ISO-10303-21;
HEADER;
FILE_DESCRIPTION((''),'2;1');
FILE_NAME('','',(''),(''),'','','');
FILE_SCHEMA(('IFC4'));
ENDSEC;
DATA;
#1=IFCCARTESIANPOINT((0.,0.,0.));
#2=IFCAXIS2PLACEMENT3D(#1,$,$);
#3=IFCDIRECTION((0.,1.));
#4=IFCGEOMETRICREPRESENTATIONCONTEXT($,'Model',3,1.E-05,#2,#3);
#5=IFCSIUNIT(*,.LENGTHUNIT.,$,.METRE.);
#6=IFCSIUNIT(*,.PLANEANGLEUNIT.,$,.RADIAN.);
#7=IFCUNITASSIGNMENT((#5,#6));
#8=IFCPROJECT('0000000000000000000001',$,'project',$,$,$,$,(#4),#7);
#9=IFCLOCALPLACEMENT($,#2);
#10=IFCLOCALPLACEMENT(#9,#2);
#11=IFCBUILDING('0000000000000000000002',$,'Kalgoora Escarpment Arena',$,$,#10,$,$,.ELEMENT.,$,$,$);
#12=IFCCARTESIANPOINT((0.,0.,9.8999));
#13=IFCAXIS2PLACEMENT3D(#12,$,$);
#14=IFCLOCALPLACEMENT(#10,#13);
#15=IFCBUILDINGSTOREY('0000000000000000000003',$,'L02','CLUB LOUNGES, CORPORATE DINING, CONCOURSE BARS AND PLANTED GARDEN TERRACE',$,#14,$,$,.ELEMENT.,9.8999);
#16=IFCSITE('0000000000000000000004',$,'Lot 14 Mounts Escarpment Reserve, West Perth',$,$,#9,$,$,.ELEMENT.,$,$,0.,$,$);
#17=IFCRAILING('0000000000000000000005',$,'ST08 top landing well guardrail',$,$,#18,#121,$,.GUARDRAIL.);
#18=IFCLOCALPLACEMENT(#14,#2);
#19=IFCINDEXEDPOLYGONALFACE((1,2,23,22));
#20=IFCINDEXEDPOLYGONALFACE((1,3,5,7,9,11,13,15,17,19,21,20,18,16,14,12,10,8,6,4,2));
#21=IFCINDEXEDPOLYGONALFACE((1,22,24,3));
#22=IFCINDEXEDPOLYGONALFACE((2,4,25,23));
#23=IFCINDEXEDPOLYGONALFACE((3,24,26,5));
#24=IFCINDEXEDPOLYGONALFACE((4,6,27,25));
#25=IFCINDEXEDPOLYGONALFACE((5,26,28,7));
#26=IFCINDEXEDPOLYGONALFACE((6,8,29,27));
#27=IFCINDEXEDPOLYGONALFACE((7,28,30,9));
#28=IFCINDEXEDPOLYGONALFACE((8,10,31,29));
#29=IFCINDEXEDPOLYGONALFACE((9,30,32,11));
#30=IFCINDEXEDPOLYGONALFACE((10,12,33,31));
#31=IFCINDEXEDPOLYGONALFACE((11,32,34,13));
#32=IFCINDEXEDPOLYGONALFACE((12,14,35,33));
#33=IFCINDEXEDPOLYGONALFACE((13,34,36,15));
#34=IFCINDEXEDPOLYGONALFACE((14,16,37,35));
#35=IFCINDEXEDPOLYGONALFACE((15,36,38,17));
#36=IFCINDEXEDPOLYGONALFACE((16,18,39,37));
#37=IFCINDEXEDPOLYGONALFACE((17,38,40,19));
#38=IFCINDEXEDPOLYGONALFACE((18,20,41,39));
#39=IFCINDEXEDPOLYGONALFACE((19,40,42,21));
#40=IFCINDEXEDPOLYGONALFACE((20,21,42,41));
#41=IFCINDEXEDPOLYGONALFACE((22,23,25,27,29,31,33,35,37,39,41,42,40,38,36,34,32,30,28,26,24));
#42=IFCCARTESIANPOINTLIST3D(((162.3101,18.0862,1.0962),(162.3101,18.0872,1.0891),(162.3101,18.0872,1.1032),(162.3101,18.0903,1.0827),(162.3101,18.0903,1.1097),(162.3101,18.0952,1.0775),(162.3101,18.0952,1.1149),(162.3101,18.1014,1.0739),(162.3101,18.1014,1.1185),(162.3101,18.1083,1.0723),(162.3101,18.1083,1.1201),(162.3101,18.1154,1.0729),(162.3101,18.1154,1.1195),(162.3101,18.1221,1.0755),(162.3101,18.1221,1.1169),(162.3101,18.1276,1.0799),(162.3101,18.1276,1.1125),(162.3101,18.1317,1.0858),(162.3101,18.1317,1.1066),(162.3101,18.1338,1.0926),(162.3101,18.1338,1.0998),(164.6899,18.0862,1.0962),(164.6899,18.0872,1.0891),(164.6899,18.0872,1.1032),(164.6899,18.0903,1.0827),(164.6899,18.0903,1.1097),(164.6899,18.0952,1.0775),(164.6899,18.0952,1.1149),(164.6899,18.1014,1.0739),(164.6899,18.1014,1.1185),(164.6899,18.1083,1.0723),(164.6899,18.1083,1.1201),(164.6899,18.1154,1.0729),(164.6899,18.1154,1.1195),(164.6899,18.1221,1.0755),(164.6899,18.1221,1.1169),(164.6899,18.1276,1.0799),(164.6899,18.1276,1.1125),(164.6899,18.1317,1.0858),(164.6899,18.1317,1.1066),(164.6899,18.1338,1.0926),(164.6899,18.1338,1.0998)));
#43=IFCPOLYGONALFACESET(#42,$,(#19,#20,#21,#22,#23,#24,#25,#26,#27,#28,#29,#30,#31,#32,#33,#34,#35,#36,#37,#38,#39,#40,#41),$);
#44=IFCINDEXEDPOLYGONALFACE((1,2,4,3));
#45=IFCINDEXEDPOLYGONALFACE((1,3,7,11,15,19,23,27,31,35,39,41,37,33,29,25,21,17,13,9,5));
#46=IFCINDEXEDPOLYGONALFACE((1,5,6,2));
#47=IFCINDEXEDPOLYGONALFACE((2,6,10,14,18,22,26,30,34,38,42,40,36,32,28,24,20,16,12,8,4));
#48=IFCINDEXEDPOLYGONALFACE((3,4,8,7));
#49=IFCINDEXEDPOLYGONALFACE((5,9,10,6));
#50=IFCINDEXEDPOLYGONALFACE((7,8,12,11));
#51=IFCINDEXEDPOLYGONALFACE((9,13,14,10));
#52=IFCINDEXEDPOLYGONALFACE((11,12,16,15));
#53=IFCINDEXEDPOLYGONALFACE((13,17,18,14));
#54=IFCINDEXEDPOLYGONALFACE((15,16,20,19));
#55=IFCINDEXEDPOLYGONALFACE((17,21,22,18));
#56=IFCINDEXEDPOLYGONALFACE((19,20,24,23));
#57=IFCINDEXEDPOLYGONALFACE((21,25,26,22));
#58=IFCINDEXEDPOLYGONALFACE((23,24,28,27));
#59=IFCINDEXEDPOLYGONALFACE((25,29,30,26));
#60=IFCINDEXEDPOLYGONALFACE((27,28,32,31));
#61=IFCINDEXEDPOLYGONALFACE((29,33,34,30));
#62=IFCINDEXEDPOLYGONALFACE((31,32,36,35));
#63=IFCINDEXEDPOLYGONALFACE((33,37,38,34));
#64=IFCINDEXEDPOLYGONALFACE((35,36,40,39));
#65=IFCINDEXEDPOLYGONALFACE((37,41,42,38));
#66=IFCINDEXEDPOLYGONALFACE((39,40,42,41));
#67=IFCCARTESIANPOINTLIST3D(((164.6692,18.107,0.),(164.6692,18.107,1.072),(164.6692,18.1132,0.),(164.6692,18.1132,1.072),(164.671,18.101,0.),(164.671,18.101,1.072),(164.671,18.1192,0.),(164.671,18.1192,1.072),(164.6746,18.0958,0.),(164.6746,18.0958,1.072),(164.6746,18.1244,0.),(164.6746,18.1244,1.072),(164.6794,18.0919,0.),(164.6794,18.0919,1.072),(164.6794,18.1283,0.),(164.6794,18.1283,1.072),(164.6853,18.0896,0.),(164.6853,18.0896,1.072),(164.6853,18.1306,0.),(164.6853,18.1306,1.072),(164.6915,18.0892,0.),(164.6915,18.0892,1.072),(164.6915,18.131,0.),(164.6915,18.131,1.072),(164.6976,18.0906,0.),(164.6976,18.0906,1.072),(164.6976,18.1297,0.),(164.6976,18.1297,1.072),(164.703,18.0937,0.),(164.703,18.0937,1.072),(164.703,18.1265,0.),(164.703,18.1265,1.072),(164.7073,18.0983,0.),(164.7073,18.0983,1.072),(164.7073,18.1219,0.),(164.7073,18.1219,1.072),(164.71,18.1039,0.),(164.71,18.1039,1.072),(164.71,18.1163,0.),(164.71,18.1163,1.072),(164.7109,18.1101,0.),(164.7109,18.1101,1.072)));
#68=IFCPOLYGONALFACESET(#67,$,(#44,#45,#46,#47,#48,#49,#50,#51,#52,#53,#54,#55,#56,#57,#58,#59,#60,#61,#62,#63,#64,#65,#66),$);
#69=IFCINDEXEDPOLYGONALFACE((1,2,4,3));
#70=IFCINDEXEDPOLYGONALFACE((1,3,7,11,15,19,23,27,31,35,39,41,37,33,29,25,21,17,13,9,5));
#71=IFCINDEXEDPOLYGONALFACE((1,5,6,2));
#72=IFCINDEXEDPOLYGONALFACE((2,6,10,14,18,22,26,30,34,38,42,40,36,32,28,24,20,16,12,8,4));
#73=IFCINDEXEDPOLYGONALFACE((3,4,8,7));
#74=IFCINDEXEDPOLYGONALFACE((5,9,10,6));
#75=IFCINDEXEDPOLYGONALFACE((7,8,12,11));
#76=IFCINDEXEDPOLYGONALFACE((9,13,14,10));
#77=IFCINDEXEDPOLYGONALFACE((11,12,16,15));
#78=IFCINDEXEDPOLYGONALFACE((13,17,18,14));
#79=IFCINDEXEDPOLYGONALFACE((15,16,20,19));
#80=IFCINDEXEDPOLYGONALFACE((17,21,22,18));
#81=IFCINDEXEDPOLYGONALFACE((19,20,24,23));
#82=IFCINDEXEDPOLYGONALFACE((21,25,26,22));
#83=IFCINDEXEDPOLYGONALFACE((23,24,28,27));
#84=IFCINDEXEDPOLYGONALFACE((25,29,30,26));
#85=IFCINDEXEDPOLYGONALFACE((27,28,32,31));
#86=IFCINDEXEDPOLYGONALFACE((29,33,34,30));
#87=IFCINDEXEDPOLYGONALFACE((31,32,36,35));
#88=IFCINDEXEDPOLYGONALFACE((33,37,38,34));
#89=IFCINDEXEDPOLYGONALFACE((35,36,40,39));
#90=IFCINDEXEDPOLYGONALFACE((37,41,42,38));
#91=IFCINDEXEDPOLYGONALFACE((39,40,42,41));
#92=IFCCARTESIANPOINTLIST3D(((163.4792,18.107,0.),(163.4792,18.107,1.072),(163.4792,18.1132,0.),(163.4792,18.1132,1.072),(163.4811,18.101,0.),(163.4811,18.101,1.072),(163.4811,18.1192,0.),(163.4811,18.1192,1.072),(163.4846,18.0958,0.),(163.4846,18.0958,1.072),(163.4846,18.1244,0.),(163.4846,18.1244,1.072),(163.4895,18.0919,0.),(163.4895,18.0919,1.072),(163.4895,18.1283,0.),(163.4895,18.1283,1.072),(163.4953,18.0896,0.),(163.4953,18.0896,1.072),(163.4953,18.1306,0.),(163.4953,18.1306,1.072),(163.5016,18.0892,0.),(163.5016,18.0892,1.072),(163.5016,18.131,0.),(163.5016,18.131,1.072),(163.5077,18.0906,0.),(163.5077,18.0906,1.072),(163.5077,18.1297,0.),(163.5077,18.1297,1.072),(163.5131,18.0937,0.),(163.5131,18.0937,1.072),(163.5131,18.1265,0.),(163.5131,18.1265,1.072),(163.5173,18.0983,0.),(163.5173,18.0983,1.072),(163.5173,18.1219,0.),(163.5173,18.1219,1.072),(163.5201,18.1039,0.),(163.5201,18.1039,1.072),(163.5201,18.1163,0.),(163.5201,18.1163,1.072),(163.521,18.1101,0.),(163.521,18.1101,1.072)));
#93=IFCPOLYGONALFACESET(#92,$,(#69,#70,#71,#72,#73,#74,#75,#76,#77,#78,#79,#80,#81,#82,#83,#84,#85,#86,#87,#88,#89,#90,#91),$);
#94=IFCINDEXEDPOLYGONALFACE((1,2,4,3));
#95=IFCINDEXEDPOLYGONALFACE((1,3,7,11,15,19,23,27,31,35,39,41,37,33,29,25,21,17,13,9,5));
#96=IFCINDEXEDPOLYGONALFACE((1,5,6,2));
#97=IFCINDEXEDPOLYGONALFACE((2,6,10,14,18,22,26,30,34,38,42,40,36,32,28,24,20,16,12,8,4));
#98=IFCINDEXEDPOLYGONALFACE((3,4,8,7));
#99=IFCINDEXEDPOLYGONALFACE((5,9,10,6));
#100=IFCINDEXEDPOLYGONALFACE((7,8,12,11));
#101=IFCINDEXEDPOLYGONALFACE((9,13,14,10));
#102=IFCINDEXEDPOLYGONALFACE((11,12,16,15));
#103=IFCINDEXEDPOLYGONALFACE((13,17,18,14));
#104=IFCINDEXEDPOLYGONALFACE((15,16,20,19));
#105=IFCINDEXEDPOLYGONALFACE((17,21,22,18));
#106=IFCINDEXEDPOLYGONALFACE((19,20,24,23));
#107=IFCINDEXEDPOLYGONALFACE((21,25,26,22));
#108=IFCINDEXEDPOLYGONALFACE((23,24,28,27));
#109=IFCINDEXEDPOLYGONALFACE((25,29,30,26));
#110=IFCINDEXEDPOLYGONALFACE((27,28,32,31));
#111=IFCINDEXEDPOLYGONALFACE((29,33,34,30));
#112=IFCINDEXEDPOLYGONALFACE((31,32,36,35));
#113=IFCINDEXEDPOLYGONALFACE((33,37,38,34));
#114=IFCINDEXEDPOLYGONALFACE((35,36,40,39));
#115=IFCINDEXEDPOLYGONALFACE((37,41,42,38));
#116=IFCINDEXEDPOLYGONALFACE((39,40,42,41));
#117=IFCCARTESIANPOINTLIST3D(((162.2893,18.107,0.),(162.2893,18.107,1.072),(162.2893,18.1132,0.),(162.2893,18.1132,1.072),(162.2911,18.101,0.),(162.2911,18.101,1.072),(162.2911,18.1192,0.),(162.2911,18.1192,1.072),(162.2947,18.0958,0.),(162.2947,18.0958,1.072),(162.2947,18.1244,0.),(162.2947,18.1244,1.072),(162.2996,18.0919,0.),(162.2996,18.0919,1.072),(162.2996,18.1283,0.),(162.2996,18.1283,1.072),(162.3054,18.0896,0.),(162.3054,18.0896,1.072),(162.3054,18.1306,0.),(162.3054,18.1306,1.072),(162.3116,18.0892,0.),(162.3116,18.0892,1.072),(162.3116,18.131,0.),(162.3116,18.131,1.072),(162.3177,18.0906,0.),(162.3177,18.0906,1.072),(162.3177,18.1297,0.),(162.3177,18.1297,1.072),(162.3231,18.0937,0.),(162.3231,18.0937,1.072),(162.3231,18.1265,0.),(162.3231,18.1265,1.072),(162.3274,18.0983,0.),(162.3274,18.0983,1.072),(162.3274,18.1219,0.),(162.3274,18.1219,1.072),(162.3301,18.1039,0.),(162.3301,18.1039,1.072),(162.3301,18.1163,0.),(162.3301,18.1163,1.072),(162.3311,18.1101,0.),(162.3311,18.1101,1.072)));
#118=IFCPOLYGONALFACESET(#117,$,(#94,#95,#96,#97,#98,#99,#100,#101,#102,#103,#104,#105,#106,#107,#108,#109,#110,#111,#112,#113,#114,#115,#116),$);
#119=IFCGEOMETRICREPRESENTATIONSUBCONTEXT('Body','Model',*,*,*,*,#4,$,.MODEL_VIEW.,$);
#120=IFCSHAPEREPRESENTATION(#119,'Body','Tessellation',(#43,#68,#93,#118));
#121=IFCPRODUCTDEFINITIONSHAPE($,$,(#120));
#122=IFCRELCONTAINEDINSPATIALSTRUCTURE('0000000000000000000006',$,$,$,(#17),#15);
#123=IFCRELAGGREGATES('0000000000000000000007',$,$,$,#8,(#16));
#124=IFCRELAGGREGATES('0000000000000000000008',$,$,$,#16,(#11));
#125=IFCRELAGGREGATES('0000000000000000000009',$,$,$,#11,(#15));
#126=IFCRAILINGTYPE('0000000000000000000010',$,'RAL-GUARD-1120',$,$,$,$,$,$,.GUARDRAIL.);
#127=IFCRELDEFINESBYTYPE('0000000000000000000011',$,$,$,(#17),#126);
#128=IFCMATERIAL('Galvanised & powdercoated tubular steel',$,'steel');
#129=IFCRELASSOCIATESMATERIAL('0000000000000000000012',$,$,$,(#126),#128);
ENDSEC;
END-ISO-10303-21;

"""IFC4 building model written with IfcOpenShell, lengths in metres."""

from ifc_helpers import new_model, si_unit, direction, frame, origin, origin_2d, place, context, subcontext, project, spatial, circle, extrude, material, type_object, element, save


model = new_model("IFC4")

# Units and contexts
model_context = context("Model", 3, precision=1e-05, world=origin(), true_north=direction((0.0, 1.0)))
body_context = subcontext(model_context, "Body", "Model", "MODEL_VIEW")
ifc_project = project(units=[si_unit("LENGTHUNIT", "METRE"), si_unit("PLANEANGLEUNIT", "RADIAN")], contexts=[model_context])

# Site, building, storey
site_placement = place(None, origin())
site = spatial("IfcSite", under=ifc_project, at=site_placement, Name="Lot 14 Mounts Escarpment Reserve, West Perth", CompositionType="ELEMENT", RefElevation=0.0)
building_placement = place(site_placement, origin())
building = spatial("IfcBuilding", under=site, at=building_placement, Name="Kalgoora Escarpment Arena", CompositionType="ELEMENT")
storey_placement = place(building_placement, frame((0.0, 0.0, 9.8999)))
storey = spatial("IfcBuildingStorey", under=building, at=storey_placement, Name="L02", Description="CLUB LOUNGES, CORPORATE DINING, CONCOURSE BARS AND PLANTED GARDEN TERRACE", CompositionType="ELEMENT", Elevation=9.8999)

# Railing
ifc_material_1 = material(Name="Galvanised & powdercoated tubular steel", Category="steel")
railing_type = type_object("IfcRailingType", Name="RAL-GUARD-1120", PredefinedType="GUARDRAIL", material=ifc_material_1)
railing_placement = place(storey_placement, frame((164.6899, 18.1101, 0.0)))
element("IfcRailing", 1, at=railing_placement, inside=storey, type_object=railing_type, Name="ST08 top landing well guardrail", PredefinedType="GUARDRAIL", context=body_context, shape_type="SweptSolid", body=[
    extrude(circle(Radius=0.0239, at=origin_2d()), frame((0.0, 0.0, 1.0962), z_axis=(-1.0, 0.0, 0.0), x_axis=(0.0, -1.0, 0.0)), (0.0, 0.0, 1.0), 2.3799),
    extrude(circle(Radius=0.021, at=origin_2d()), origin(), (0.0, 0.0, 1.0), 1.072),
    extrude(circle(Radius=0.021, at=origin_2d()), frame((-1.1899, 0.0, 0.0)), (0.0, 0.0, 1.0), 1.072),
    extrude(circle(Radius=0.021, at=origin_2d()), frame((-2.3799, 0.0, 0.0)), (0.0, 0.0, 1.0), 1.072),
])

save(model, "model.ifc")
